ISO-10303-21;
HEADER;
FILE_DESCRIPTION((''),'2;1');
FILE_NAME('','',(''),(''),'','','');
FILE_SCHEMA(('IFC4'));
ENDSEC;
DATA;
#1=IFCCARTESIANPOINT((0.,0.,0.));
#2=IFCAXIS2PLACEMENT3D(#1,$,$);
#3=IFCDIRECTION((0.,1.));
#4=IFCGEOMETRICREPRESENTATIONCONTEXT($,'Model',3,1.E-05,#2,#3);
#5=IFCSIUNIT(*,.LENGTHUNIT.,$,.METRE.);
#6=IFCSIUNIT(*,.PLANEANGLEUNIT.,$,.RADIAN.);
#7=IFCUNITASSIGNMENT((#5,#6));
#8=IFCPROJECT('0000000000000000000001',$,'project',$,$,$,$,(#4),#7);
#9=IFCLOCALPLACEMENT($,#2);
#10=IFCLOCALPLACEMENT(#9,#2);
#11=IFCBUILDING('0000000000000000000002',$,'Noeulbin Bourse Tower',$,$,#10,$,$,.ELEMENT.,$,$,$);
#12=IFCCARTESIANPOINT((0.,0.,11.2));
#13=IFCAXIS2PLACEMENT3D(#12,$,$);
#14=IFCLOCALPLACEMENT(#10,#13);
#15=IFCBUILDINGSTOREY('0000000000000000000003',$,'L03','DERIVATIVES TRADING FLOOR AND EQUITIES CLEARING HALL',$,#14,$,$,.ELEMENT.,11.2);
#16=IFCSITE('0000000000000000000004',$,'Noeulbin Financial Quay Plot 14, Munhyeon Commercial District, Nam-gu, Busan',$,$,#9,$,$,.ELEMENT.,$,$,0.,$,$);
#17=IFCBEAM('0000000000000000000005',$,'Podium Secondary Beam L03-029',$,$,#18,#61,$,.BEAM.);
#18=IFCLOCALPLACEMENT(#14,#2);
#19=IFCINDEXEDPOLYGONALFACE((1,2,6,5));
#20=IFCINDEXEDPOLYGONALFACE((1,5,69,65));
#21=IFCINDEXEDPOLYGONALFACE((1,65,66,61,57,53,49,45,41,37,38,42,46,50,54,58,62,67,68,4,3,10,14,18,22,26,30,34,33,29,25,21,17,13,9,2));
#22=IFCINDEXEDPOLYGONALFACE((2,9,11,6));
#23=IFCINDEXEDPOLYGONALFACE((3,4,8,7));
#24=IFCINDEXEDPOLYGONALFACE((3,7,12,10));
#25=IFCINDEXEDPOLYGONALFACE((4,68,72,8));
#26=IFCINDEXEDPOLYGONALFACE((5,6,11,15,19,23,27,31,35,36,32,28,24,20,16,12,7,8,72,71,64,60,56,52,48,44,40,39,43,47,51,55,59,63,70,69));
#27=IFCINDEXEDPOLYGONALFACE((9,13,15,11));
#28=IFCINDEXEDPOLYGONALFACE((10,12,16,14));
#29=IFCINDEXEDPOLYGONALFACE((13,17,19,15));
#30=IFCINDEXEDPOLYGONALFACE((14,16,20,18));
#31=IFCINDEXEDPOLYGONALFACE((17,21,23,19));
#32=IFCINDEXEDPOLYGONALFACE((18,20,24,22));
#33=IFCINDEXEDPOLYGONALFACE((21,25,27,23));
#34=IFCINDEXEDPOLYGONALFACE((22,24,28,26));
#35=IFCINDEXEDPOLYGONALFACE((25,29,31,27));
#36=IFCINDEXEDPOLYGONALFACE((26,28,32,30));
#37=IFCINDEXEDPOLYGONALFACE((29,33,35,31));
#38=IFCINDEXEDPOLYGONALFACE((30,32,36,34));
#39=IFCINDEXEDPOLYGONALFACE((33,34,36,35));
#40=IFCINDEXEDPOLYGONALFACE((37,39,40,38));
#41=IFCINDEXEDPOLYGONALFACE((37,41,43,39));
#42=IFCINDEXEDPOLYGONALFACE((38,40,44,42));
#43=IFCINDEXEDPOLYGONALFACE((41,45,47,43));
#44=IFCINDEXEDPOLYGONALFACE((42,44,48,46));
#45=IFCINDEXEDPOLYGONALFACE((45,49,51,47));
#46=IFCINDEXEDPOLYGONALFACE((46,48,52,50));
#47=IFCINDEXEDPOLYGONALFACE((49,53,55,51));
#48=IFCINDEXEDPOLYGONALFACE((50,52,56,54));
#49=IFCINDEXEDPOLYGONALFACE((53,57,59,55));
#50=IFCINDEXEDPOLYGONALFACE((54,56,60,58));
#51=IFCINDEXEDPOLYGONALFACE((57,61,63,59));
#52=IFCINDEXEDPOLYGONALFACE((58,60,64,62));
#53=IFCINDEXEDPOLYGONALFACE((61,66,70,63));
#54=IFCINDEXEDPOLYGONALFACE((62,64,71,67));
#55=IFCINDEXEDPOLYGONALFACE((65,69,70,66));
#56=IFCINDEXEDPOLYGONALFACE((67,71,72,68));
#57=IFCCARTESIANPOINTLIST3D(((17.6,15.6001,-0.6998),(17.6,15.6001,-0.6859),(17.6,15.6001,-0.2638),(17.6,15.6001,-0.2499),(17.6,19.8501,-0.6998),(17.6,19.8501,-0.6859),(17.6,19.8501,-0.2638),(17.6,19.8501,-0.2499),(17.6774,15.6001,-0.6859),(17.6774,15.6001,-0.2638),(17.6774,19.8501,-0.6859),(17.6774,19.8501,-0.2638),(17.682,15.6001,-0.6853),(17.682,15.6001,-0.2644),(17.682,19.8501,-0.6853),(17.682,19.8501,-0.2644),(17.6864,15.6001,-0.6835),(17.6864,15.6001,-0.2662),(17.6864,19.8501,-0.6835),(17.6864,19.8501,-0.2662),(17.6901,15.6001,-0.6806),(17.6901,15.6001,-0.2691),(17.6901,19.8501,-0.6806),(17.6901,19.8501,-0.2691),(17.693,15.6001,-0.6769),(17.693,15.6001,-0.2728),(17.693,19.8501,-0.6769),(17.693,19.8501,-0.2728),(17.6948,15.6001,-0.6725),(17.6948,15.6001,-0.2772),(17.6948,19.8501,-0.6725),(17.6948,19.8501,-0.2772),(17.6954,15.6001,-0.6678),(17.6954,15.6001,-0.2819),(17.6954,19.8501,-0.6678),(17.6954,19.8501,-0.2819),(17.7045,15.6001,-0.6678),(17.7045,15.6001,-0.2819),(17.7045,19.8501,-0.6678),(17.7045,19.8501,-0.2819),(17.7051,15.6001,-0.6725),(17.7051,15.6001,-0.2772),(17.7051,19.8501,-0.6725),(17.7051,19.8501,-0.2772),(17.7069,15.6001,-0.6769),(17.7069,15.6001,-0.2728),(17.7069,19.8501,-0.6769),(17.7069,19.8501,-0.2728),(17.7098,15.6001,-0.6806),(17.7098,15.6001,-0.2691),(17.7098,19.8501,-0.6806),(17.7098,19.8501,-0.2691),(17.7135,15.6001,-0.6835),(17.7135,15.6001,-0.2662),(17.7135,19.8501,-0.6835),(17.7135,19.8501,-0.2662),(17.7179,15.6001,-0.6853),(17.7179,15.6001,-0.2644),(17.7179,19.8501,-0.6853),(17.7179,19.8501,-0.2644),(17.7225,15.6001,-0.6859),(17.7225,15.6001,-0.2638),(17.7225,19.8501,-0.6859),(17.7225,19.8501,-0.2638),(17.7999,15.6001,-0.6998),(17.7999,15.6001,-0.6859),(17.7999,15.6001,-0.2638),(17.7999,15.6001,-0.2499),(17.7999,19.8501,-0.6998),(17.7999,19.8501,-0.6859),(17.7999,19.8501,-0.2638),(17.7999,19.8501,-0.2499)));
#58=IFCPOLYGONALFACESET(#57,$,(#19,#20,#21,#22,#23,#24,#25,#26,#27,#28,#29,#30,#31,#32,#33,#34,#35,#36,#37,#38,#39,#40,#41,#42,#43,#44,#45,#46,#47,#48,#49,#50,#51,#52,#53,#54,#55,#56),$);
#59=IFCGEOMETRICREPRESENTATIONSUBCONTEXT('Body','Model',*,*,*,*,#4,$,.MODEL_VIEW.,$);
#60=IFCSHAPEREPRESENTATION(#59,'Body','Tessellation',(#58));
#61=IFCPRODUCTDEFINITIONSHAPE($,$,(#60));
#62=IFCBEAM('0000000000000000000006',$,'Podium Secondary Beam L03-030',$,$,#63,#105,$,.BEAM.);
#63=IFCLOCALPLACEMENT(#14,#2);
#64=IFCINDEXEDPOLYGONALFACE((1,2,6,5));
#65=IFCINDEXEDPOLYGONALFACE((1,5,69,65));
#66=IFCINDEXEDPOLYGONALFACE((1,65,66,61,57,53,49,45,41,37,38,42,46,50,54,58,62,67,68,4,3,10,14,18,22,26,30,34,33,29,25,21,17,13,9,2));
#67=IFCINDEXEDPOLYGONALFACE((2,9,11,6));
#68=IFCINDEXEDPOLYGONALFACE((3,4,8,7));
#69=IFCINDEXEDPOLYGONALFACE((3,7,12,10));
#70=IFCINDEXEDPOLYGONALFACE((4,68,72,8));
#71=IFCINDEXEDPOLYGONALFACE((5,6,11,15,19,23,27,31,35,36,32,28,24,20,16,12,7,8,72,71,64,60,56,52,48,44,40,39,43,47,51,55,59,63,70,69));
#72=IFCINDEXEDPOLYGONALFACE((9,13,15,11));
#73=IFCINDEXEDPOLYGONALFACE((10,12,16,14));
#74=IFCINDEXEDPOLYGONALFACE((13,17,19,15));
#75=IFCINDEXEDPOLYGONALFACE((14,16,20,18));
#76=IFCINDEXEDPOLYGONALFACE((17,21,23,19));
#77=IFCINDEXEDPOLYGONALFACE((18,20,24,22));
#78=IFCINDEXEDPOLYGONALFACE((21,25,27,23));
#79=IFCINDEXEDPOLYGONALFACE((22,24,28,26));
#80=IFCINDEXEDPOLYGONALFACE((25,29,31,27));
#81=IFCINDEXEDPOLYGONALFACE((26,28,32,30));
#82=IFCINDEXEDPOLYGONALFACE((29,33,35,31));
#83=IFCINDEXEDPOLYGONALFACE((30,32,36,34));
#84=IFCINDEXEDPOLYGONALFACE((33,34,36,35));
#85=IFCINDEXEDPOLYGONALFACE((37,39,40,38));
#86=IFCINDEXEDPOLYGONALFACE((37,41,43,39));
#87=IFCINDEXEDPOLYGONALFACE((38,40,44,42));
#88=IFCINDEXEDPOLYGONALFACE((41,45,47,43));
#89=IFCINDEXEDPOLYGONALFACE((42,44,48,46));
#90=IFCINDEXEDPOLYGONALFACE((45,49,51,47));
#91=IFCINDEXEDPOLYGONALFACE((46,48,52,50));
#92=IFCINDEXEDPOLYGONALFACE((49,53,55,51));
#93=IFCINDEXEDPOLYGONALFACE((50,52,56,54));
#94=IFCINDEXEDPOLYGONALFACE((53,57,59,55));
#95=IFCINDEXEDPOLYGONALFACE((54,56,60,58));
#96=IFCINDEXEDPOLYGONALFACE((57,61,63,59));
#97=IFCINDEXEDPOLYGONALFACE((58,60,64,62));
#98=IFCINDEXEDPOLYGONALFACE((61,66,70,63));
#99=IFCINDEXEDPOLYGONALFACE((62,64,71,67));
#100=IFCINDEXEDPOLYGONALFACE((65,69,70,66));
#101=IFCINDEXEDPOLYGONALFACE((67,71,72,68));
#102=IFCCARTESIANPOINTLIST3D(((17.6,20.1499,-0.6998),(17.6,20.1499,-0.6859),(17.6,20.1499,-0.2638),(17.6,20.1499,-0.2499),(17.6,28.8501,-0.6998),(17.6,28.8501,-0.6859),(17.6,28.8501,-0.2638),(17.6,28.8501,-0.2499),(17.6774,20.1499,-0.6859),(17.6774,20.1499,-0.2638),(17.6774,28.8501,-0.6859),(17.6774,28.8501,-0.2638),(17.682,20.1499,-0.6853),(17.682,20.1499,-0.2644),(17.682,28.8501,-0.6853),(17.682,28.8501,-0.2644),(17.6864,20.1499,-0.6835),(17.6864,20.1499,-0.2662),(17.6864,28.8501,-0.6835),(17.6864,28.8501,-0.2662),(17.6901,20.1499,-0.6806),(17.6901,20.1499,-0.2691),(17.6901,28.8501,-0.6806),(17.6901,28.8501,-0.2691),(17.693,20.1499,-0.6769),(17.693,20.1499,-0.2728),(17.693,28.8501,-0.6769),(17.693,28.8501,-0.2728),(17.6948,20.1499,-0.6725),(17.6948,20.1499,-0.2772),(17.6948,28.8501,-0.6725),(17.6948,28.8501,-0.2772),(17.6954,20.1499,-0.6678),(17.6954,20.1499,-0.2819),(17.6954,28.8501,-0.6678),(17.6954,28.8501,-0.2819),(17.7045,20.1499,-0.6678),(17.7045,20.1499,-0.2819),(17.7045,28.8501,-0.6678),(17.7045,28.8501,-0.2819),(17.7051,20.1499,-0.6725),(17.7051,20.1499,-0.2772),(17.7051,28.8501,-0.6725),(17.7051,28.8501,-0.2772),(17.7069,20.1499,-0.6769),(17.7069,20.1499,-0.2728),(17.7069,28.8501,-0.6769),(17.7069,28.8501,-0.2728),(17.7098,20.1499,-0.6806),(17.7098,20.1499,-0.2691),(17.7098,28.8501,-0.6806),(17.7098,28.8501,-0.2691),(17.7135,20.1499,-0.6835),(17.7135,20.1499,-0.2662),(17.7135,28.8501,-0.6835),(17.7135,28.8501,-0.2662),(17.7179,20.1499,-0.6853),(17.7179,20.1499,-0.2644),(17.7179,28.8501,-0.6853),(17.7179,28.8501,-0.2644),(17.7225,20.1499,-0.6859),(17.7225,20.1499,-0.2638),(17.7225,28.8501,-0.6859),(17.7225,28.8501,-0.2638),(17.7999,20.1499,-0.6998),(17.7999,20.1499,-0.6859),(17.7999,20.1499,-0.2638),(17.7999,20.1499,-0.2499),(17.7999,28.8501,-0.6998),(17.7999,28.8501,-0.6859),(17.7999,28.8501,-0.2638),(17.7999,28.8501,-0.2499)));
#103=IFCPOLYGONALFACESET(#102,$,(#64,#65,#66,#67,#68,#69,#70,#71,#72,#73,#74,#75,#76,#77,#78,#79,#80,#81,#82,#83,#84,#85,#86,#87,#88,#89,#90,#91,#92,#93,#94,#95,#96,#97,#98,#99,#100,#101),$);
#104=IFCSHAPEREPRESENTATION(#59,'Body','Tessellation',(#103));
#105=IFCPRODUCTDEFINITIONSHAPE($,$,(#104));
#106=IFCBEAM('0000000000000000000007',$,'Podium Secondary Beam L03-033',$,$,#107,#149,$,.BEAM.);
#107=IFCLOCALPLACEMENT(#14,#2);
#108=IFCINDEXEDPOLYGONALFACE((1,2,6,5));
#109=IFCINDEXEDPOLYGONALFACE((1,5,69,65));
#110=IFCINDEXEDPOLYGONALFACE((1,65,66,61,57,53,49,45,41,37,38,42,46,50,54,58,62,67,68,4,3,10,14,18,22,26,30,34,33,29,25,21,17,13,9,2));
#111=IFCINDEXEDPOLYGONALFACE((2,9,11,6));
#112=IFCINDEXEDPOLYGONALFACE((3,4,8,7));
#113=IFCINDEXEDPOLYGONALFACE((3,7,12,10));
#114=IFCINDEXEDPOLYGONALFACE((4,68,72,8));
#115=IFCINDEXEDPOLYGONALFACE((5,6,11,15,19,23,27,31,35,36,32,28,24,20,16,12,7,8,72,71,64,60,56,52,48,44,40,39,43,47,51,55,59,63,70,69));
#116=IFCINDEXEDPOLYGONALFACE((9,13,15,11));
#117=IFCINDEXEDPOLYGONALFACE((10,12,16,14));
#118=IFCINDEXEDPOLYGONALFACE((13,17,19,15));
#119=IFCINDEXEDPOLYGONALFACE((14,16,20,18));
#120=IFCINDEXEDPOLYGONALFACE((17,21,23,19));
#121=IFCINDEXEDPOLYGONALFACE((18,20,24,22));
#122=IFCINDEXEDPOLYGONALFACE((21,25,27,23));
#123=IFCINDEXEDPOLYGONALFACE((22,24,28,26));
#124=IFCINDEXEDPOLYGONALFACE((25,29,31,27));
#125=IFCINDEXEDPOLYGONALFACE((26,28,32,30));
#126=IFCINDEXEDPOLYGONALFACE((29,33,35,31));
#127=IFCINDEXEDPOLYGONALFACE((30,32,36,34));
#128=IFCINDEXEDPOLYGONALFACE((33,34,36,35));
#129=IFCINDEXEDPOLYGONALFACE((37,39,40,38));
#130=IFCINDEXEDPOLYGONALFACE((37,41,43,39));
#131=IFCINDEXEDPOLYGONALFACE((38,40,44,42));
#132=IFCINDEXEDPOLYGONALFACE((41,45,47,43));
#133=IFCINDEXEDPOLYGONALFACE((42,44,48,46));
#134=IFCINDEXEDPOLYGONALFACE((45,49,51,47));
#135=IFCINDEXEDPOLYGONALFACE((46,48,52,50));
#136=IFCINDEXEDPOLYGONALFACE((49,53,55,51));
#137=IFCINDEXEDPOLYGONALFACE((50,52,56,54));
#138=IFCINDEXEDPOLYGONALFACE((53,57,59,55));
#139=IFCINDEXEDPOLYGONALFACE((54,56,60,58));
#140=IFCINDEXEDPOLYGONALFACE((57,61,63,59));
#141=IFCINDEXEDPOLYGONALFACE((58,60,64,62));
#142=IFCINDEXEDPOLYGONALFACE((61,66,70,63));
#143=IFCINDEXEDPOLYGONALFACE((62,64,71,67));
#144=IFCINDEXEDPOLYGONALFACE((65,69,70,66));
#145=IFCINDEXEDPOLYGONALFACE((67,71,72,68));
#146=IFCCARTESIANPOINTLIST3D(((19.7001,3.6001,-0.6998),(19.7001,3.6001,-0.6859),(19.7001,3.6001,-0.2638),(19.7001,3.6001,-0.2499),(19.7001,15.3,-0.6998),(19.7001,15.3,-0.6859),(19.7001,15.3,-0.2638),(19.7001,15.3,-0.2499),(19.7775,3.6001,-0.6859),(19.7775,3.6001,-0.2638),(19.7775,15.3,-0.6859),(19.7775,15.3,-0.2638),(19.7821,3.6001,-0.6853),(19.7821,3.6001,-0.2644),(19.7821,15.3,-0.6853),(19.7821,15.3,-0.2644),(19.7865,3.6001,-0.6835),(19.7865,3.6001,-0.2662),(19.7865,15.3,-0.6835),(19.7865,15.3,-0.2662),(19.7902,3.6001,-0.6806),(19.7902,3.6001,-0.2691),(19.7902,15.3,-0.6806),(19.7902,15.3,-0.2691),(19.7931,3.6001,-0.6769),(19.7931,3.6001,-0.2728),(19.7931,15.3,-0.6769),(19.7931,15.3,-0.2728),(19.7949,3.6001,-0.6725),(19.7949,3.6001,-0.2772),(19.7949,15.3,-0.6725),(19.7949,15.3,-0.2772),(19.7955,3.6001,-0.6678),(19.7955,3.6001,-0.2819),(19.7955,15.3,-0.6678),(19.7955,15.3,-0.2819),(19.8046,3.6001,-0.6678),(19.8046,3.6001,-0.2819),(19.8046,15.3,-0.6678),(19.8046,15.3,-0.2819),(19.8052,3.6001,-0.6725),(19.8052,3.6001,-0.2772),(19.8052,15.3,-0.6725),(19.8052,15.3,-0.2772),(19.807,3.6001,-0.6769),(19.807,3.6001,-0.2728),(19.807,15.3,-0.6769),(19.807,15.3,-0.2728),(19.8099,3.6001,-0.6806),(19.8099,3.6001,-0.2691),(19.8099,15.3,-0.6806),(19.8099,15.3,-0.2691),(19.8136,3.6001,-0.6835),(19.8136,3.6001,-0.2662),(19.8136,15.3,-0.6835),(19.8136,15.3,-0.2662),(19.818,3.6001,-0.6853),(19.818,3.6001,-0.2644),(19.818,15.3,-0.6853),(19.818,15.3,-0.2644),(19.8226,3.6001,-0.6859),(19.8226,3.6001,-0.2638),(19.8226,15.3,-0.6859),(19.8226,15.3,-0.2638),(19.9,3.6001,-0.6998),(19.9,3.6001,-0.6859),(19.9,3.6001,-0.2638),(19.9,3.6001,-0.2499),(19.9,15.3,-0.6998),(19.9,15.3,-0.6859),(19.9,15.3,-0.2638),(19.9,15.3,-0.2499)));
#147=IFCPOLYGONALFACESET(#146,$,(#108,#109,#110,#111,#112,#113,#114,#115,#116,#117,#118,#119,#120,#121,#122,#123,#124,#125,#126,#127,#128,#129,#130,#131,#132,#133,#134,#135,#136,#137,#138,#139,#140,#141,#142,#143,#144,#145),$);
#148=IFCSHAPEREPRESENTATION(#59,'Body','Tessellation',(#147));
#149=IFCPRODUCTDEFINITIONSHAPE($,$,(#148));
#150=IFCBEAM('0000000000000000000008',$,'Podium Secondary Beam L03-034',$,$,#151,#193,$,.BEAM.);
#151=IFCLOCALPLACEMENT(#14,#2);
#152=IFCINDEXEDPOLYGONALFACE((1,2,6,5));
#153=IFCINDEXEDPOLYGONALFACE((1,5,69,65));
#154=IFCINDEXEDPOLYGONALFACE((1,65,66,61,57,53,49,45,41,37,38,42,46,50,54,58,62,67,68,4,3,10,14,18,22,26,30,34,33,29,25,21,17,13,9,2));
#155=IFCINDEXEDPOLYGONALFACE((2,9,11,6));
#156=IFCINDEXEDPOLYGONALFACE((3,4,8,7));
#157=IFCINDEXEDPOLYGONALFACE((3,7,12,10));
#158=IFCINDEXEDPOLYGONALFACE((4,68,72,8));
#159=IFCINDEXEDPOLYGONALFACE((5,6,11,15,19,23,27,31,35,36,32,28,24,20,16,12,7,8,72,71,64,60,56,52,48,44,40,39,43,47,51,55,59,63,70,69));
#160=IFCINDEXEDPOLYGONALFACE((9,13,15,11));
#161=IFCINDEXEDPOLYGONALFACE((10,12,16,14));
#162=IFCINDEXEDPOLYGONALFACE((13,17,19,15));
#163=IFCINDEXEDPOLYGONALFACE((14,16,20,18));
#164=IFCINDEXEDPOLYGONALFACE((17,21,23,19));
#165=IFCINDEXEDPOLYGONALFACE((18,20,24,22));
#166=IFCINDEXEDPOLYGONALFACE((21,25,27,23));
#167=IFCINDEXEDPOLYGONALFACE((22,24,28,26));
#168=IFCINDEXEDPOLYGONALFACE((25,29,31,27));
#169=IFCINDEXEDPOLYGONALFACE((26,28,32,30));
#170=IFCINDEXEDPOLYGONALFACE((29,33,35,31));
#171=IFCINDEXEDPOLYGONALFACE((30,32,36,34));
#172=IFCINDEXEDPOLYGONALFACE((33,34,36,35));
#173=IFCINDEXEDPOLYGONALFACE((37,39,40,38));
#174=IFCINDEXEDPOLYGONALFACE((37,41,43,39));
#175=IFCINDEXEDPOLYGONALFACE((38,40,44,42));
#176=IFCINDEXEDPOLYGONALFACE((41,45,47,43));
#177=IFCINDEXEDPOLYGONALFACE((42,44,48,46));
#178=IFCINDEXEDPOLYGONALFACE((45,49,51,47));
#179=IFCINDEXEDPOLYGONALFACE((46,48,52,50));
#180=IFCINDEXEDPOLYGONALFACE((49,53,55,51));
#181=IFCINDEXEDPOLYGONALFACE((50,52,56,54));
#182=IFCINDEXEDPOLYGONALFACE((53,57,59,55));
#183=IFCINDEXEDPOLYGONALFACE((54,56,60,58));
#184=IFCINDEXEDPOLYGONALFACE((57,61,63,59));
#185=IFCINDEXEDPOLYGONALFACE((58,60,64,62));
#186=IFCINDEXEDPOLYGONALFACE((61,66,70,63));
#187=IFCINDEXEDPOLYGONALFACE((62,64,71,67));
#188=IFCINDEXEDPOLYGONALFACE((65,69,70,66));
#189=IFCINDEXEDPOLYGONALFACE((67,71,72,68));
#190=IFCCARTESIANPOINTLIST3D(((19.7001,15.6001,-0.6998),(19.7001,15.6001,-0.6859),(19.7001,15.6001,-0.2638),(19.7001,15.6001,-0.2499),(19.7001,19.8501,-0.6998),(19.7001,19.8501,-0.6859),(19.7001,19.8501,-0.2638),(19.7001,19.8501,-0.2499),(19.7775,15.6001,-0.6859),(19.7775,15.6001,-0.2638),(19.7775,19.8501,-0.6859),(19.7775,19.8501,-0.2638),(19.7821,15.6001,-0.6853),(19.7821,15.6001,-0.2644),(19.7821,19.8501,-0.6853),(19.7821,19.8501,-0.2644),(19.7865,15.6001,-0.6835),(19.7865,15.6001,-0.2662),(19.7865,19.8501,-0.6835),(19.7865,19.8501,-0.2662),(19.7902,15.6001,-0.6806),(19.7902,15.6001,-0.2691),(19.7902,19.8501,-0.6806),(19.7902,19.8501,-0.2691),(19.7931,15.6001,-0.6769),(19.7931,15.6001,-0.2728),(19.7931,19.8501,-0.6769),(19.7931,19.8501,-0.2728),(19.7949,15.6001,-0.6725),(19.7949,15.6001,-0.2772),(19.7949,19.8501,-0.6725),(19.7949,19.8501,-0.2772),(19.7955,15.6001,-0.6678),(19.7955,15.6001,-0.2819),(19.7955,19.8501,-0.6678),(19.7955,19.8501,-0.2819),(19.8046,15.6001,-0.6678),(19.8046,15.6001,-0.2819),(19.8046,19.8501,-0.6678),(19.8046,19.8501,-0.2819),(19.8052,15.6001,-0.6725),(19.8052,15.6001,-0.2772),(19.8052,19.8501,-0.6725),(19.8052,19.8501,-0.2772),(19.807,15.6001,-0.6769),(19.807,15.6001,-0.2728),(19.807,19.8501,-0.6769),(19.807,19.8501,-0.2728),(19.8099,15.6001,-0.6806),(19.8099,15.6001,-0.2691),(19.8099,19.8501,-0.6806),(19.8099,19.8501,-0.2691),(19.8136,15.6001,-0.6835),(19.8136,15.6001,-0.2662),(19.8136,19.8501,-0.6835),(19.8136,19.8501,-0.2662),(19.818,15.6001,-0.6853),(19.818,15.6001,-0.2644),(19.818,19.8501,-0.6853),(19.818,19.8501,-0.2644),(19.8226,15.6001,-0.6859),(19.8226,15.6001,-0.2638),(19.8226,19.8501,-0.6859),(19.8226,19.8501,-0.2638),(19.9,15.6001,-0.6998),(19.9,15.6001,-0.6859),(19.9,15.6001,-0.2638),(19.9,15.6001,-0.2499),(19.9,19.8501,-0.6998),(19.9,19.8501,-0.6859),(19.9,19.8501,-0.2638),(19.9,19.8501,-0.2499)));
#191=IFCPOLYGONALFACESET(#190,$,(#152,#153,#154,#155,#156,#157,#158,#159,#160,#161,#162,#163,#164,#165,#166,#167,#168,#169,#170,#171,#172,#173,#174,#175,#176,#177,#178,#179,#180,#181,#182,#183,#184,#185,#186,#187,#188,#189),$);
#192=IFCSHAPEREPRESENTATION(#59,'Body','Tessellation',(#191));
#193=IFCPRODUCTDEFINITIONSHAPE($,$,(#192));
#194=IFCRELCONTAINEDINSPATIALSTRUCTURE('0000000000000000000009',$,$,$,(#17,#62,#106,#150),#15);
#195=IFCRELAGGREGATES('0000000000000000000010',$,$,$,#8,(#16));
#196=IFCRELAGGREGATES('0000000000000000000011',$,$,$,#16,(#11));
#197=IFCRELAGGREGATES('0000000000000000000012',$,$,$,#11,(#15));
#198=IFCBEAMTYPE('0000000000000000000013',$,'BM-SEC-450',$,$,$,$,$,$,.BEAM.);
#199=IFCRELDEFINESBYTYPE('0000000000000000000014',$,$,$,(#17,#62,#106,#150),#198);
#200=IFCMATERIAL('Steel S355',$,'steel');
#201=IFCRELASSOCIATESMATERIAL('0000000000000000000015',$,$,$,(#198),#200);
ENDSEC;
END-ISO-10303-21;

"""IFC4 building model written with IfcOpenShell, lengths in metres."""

from ifc_helpers import new_model, si_unit, direction, frame, origin, origin_2d, place, context, subcontext, project, spatial, i_section, extrude, material, material_profile, profile_set, type_object, element, save


model = new_model("IFC4")

# Units and contexts
model_context = context("Model", 3, precision=1e-05, world=origin(), true_north=direction((0.0, 1.0)))
body_context = subcontext(model_context, "Body", "Model", "MODEL_VIEW")
ifc_project = project(units=[si_unit("LENGTHUNIT", "METRE"), si_unit("PLANEANGLEUNIT", "RADIAN")], contexts=[model_context])

# Site, building, storey
site_placement = place(None, origin())
site = spatial("IfcSite", under=ifc_project, at=site_placement, Name="Noeulbin Financial Quay Plot 14, Munhyeon Commercial District, Nam-gu, Busan", CompositionType="ELEMENT", RefElevation=0.0)
building_placement = place(site_placement, origin())
building = spatial("IfcBuilding", under=site, at=building_placement, Name="Noeulbin Bourse Tower", CompositionType="ELEMENT")
storey_placement = place(building_placement, frame((0.0, 0.0, 11.2)))
storey = spatial("IfcBuildingStorey", under=building, at=storey_placement, Name="L03", Description="DERIVATIVES TRADING FLOOR AND EQUITIES CLEARING HALL", CompositionType="ELEMENT", Elevation=11.2)

# Beams
ifc_material_1 = material(Name="Steel S355", Category="steel")
ifc_material_profile_1 = material_profile(ifc_material_1, i_section(OverallWidth=0.2, OverallDepth=0.45, WebThickness=0.009, FlangeThickness=0.0139, FilletRadius=0.0181, at=origin_2d()), Name="H-450x200x9x14", Category="LoadBearing")
ifc_profile_set_1 = profile_set([ifc_material_profile_1], Name="Steel S355")
beam_type_1 = type_object("IfcBeamType", Name="BM-SEC-450", PredefinedType="BEAM", material=ifc_profile_set_1)
beam_1_placement = place(storey_placement, frame((17.7, 15.6001, -0.4749), z_axis=(0.0, 1.0, 0.0), x_axis=(-1.0, 0.0, 0.0)))
element("IfcBeam", 1, at=beam_1_placement, inside=storey, type_object=beam_type_1, Name="Podium Secondary Beam L03-029", PredefinedType="BEAM", context=body_context, shape_type="SweptSolid", body=[
    extrude(i_section(OverallWidth=0.2, OverallDepth=0.45, WebThickness=0.009, FlangeThickness=0.0139, FilletRadius=0.0181, at=origin_2d()), origin(), (0.0, 0.0, 1.0), 4.25),
])
beam_2_placement = place(storey_placement, frame((17.7, 20.1499, -0.4749), z_axis=(0.0, 1.0, 0.0), x_axis=(-1.0, 0.0, 0.0)))
element("IfcBeam", 2, at=beam_2_placement, inside=storey, type_object=beam_type_1, Name="Podium Secondary Beam L03-030", PredefinedType="BEAM", context=body_context, shape_type="SweptSolid", body=[
    extrude(i_section(OverallWidth=0.2, OverallDepth=0.45, WebThickness=0.009, FlangeThickness=0.0139, FilletRadius=0.0181, at=origin_2d()), origin(), (0.0, 0.0, 1.0), 8.7002),
])
beam_3_placement = place(storey_placement, frame((19.8, 3.6001, -0.4749), z_axis=(0.0, 1.0, 0.0), x_axis=(-1.0, 0.0, 0.0)))
element("IfcBeam", 3, at=beam_3_placement, inside=storey, type_object=beam_type_1, Name="Podium Secondary Beam L03-033", PredefinedType="BEAM", context=body_context, shape_type="SweptSolid", body=[
    extrude(i_section(OverallWidth=0.2, OverallDepth=0.45, WebThickness=0.009, FlangeThickness=0.0139, FilletRadius=0.0181, at=origin_2d()), origin(), (0.0, 0.0, 1.0), 11.7),
])
beam_4_placement = place(storey_placement, frame((19.8, 15.6001, -0.4749), z_axis=(0.0, 1.0, 0.0), x_axis=(-1.0, 0.0, 0.0)))
element("IfcBeam", 4, at=beam_4_placement, inside=storey, type_object=beam_type_1, Name="Podium Secondary Beam L03-034", PredefinedType="BEAM", context=body_context, shape_type="SweptSolid", body=[
    extrude(i_section(OverallWidth=0.2, OverallDepth=0.45, WebThickness=0.009, FlangeThickness=0.0139, FilletRadius=0.0181, at=origin_2d()), origin(), (0.0, 0.0, 1.0), 4.25),
])

save(model, "model.ifc")
